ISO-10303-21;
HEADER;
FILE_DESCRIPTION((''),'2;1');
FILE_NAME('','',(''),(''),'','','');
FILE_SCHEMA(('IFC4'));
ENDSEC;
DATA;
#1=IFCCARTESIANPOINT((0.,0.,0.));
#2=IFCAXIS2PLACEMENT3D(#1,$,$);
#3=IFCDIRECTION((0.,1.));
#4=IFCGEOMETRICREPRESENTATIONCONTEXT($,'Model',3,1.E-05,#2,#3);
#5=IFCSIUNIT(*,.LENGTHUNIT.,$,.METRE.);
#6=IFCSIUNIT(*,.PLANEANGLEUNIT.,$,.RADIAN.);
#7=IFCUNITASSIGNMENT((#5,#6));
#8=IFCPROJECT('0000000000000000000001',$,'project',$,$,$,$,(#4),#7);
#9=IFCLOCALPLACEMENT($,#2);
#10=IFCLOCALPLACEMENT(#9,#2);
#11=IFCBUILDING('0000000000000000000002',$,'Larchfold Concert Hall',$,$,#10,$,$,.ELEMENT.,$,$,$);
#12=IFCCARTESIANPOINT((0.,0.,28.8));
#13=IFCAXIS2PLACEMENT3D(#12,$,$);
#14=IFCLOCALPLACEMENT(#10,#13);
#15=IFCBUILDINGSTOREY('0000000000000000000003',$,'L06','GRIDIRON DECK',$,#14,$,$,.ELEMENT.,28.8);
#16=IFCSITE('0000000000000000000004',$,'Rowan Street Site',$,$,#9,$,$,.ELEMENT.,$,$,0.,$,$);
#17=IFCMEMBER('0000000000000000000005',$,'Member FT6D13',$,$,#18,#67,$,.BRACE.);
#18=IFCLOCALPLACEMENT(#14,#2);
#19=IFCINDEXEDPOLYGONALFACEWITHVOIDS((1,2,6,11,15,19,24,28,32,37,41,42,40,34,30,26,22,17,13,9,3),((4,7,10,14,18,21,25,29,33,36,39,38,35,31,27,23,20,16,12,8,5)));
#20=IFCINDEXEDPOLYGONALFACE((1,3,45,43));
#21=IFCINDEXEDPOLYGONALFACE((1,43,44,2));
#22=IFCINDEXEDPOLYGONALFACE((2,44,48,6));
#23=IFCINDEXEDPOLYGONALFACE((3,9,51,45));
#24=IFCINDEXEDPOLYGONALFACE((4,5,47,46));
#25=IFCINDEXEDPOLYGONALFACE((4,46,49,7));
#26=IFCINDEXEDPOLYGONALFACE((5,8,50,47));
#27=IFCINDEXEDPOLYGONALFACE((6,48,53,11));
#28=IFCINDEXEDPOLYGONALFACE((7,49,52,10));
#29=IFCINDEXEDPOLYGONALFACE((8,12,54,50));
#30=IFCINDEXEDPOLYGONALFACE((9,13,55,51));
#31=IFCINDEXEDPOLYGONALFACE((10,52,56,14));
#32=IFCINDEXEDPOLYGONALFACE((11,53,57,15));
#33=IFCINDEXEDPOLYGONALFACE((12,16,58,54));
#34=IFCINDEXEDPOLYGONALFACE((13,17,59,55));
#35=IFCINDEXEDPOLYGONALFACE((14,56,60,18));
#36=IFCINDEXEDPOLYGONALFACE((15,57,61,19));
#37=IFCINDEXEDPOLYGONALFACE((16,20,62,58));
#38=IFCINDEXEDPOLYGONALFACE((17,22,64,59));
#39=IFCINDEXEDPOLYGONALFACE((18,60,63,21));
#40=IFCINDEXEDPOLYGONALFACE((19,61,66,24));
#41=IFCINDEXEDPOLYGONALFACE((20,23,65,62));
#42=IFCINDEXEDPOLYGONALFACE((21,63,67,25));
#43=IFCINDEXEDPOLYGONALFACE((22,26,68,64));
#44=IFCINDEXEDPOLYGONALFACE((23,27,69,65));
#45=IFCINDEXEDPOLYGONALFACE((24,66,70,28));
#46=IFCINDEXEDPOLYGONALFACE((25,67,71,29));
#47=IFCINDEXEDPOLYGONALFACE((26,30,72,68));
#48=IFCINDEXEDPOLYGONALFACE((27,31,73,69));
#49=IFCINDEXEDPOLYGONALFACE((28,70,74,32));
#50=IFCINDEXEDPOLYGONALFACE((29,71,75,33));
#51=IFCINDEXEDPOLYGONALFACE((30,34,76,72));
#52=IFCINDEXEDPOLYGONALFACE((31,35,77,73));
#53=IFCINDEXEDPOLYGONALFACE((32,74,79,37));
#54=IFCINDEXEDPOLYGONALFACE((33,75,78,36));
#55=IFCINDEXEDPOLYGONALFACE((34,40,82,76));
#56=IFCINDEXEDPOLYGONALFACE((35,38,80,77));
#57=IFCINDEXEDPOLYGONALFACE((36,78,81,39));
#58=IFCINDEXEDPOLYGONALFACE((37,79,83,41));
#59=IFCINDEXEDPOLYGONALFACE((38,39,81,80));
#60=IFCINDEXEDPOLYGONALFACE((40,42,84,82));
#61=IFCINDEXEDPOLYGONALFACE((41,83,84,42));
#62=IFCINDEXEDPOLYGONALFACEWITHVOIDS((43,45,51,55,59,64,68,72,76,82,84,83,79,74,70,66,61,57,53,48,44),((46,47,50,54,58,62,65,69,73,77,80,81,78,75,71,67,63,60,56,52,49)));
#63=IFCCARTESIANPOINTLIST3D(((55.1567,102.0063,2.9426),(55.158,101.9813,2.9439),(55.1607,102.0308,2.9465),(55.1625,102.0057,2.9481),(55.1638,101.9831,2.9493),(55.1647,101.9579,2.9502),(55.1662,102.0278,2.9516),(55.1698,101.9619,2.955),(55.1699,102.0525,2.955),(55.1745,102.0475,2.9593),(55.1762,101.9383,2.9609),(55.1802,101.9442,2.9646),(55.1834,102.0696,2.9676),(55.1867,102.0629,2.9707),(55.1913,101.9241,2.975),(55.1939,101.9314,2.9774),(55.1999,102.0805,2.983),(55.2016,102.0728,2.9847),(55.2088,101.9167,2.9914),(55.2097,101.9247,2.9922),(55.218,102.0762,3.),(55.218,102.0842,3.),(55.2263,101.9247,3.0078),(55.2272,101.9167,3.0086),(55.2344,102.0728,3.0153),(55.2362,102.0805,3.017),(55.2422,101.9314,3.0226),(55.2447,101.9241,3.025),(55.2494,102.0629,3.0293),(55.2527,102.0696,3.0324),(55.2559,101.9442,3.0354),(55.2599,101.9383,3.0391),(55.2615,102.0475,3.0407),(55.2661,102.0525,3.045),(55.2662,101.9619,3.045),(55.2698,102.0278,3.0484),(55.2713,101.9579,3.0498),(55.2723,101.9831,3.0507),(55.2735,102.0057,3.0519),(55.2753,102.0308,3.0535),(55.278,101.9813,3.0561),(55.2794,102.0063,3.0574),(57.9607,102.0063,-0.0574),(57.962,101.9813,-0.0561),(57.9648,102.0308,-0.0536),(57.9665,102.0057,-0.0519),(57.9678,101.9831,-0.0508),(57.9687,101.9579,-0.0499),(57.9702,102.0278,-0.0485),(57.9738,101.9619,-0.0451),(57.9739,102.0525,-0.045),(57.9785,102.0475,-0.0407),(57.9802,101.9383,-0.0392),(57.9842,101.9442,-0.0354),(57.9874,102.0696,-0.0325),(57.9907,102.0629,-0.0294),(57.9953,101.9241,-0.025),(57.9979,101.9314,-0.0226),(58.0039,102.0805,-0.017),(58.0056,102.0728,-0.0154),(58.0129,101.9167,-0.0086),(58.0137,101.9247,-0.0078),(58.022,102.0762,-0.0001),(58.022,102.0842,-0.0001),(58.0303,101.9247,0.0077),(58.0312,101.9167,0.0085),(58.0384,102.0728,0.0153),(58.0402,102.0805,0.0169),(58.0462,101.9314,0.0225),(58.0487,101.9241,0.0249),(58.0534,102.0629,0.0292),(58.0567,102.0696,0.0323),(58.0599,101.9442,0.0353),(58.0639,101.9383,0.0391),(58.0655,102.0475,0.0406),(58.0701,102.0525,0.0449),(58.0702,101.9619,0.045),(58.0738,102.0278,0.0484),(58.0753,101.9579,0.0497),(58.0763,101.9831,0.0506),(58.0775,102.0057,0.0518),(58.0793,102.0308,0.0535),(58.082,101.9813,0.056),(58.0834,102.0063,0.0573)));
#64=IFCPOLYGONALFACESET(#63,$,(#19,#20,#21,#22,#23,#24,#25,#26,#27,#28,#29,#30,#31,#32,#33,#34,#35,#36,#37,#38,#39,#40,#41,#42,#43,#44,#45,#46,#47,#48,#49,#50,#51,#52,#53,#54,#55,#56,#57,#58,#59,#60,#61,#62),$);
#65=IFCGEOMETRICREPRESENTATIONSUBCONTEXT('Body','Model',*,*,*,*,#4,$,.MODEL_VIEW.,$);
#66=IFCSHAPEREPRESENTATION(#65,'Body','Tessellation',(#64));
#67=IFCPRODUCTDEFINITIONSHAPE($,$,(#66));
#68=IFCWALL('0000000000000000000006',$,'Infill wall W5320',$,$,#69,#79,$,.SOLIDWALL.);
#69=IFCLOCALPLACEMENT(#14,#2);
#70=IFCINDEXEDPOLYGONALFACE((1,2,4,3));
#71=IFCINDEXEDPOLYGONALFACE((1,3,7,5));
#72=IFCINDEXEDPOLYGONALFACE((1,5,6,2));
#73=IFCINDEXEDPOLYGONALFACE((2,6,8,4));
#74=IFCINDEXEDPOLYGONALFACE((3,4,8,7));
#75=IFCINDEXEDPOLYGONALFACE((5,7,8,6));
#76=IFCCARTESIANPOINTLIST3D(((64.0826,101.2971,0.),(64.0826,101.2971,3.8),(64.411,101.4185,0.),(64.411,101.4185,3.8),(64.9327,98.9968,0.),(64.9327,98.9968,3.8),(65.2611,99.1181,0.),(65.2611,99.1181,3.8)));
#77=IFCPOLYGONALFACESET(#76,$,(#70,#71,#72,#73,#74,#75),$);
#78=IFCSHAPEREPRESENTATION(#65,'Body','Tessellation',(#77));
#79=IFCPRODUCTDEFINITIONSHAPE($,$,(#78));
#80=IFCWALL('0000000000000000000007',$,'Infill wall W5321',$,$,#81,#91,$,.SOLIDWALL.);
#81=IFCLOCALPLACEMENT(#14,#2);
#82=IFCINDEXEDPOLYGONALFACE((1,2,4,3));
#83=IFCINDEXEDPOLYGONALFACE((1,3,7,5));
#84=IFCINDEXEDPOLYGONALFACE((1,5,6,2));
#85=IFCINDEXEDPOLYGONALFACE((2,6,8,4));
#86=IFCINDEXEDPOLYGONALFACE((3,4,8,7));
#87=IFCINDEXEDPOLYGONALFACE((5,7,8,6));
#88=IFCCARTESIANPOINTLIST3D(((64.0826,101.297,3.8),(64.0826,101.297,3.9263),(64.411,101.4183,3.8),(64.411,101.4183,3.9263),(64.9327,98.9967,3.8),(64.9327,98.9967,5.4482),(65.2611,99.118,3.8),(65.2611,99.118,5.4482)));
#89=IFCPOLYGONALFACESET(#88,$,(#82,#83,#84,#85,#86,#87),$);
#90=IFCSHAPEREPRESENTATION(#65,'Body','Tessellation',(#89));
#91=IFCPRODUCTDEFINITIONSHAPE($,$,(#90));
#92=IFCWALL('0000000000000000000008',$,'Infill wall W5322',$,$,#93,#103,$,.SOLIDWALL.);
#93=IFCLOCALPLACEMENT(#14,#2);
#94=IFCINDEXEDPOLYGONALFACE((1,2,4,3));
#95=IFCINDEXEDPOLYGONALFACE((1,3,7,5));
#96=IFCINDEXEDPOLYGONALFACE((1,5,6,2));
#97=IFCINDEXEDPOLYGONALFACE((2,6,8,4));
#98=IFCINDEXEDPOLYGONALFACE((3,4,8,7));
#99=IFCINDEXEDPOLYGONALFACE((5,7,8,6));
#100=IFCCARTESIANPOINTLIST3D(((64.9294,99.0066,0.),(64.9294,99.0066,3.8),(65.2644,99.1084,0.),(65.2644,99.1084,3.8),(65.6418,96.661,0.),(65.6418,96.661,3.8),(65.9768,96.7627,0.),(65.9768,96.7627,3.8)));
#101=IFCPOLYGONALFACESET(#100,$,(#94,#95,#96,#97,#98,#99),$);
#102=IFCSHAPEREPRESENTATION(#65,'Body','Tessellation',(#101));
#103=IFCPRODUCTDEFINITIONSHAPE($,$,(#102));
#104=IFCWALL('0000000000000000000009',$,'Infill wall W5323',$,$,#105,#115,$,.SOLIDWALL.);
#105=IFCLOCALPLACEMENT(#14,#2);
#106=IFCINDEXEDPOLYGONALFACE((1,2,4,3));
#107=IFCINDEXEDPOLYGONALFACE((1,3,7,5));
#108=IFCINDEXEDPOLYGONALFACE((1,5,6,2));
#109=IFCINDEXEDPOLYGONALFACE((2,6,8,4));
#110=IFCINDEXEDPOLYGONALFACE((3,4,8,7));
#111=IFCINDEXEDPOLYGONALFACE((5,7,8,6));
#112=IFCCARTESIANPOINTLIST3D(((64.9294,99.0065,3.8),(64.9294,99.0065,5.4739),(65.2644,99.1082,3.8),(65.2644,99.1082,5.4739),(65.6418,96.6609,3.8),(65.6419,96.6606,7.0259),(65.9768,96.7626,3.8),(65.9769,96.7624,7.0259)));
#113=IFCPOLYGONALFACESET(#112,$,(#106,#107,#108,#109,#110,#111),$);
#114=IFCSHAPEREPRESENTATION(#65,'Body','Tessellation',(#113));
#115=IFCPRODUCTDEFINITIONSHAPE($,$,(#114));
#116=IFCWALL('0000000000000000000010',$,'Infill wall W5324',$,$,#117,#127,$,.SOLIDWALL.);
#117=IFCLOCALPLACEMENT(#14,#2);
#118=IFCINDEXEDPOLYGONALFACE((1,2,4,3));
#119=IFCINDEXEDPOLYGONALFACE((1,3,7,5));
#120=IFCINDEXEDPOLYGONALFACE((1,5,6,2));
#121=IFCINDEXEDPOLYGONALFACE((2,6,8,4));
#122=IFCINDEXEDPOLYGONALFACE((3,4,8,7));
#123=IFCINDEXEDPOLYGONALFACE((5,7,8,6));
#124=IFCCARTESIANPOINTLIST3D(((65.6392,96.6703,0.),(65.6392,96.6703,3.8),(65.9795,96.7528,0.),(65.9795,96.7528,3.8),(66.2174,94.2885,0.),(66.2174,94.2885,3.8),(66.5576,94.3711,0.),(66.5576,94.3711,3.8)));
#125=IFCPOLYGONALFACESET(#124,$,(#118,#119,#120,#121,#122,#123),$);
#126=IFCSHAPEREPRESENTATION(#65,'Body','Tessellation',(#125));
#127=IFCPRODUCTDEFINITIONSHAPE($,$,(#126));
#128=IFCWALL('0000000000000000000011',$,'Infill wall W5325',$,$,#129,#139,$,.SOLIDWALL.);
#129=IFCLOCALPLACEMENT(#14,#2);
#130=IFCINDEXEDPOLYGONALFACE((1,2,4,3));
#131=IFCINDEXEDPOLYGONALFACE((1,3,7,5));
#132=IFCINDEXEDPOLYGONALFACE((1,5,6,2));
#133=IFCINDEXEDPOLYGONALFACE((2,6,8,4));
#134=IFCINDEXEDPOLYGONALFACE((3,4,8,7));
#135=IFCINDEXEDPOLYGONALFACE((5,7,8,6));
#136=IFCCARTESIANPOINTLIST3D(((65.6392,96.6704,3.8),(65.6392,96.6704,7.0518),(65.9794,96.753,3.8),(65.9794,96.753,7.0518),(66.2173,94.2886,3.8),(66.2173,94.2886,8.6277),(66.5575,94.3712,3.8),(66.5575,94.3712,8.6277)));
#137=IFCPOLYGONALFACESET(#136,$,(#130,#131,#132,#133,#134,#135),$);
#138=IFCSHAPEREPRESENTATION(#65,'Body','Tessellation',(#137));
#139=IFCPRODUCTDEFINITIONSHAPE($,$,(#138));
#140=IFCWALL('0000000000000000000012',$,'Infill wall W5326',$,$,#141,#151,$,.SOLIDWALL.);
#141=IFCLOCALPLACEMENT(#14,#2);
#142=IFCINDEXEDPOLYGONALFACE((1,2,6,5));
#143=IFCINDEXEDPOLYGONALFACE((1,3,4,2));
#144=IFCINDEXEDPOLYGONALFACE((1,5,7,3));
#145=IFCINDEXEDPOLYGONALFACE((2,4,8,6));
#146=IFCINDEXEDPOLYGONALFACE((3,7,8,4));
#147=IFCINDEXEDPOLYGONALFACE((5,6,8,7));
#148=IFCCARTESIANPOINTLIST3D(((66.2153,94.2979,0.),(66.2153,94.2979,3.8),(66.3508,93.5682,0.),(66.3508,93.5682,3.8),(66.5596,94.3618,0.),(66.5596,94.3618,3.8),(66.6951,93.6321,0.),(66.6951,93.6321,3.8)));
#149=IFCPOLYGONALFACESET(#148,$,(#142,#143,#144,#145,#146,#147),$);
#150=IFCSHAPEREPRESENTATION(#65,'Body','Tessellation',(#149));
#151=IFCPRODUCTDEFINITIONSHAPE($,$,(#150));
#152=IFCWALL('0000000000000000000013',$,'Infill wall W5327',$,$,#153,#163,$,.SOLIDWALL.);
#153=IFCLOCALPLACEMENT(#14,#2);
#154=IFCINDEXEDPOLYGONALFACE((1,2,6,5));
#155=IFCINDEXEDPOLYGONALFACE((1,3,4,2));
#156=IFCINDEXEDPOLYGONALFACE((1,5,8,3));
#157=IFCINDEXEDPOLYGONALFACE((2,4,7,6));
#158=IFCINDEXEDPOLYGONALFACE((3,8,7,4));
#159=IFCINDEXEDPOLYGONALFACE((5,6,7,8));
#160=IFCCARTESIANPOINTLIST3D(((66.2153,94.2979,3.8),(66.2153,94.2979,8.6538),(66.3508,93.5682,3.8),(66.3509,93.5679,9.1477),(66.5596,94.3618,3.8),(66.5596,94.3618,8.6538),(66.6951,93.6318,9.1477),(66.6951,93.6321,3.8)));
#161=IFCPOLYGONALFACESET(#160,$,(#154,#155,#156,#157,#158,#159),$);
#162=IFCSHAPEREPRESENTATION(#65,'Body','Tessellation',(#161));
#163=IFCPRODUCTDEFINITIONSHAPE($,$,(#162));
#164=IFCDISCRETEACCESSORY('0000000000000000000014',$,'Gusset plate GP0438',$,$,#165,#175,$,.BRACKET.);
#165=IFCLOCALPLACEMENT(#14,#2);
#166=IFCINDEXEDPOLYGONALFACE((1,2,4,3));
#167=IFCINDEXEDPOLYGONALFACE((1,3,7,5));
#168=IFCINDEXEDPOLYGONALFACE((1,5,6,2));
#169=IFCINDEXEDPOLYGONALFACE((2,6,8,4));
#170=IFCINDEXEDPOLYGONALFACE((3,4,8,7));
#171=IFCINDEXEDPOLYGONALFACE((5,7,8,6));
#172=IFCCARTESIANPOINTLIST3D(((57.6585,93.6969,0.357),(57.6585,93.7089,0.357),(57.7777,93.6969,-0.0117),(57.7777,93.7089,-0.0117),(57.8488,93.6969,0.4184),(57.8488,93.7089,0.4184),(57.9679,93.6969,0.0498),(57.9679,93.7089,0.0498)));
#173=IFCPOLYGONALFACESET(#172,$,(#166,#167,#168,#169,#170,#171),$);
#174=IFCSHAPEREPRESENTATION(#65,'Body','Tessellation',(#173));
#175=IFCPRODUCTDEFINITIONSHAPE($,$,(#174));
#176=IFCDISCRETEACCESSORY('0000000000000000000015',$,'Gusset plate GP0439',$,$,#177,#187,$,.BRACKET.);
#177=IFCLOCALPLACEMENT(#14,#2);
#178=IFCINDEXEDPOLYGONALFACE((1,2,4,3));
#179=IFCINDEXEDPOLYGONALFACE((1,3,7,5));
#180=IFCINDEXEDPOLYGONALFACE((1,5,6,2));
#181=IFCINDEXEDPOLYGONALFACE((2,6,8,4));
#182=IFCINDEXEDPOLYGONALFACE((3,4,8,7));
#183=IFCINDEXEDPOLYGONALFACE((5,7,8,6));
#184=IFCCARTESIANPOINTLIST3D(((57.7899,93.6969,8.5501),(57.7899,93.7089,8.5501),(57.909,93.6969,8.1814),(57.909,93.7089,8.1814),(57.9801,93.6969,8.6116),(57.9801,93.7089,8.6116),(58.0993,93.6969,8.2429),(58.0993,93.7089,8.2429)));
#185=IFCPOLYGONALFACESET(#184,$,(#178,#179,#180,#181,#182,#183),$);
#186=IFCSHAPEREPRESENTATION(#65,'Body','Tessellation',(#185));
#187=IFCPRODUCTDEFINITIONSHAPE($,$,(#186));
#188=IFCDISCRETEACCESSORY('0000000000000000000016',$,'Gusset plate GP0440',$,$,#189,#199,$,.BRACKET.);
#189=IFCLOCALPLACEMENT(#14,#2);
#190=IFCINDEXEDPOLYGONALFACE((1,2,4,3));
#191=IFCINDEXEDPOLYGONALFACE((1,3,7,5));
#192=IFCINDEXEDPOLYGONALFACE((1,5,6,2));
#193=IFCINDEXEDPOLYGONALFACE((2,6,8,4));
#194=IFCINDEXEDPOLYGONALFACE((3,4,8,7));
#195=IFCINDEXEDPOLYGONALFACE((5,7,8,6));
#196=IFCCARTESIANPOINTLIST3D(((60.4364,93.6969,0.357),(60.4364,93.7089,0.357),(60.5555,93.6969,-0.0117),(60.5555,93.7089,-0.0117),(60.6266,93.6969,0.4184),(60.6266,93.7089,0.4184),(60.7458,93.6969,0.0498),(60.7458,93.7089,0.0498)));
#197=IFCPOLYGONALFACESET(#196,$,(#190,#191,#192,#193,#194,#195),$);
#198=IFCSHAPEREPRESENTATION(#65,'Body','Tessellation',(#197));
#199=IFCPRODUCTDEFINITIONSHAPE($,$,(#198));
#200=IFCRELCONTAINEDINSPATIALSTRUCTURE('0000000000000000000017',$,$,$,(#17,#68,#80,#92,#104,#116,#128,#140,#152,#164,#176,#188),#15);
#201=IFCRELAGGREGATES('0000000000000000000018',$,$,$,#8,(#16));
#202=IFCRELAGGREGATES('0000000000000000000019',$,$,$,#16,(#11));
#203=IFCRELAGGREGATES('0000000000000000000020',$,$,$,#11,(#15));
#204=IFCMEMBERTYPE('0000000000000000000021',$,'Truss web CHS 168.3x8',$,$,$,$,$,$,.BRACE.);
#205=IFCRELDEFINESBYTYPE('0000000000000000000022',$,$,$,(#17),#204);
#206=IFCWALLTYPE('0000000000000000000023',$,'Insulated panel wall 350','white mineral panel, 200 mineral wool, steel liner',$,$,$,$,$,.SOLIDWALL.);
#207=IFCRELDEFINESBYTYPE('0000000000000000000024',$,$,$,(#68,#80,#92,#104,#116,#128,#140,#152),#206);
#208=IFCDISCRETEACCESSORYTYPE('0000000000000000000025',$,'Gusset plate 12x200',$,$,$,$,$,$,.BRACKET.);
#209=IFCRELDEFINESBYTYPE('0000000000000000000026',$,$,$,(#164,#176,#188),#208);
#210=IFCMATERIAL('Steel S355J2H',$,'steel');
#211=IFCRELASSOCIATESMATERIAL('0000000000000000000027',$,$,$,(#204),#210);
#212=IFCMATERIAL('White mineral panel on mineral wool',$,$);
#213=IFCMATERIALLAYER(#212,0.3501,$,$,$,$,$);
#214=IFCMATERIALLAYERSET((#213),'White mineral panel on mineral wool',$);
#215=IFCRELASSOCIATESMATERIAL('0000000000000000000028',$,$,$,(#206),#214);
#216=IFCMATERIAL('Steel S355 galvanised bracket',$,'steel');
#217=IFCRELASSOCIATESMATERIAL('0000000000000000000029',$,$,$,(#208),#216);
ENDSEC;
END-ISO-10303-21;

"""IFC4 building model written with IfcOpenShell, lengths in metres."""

from ifc_helpers import new_model, si_unit, direction, frame, frame_2d, origin, origin_2d, place, context, subcontext, project, spatial, polyline, rectangle, hollow_circle, outline, extrude, material, layer, layer_set, material_profile, profile_set, type_object, element, save


model = new_model("IFC4")

# Units and contexts
model_context = context("Model", 3, precision=1e-05, world=origin(), true_north=direction((0.0, 1.0)))
body_context = subcontext(model_context, "Body", "Model", "MODEL_VIEW")
ifc_project = project(units=[si_unit("LENGTHUNIT", "METRE"), si_unit("PLANEANGLEUNIT", "RADIAN")], contexts=[model_context])

# Site, building, storey
site_placement = place(None, origin())
site = spatial("IfcSite", under=ifc_project, at=site_placement, Name="Rowan Street Site", CompositionType="ELEMENT", RefElevation=0.0)
building_placement = place(site_placement, origin())
building = spatial("IfcBuilding", under=site, at=building_placement, Name="Larchfold Concert Hall", CompositionType="ELEMENT")
storey_placement = place(building_placement, frame((0.0, 0.0, 28.8)))
storey = spatial("IfcBuildingStorey", under=building, at=storey_placement, Name="L06", Description="GRIDIRON DECK", CompositionType="ELEMENT", Elevation=28.8)

# Member
ifc_material_1 = material(Name="Steel S355J2H", Category="steel")
ifc_material_profile_1 = material_profile(ifc_material_1, hollow_circle(Radius=0.0842, WallThickness=0.0081, at=origin_2d()))
ifc_profile_set_1 = profile_set([ifc_material_profile_1], Name="Steel S355J2H")
member_type_1 = type_object("IfcMemberType", Name="Truss web CHS 168.3x8", PredefinedType="BRACE", material=ifc_profile_set_1)
member_1_placement = place(storey_placement, frame((55.218, 102.0, 3.0), z_axis=(0.682833, 0.0, -0.730575), x_axis=(0.0, 1.0, 0.0)))
element("IfcMember", 1, at=member_1_placement, inside=storey, type_object=member_type_1, Name="Member FT6D13", PredefinedType="BRACE", context=body_context, shape_type="SweptSolid", body=[
    extrude(hollow_circle(Radius=0.0842, WallThickness=0.0081, at=origin_2d()), origin(), (0.0, 0.0, 1.0), 4.1064),
])

# Walls
ifc_material_2 = material(Name="White mineral panel on mineral wool")
ifc_layer = layer(ifc_material_2, 0.3501)
ifc_layer_set = layer_set([ifc_layer], Name="White mineral panel on mineral wool")
wall_type = type_object("IfcWallType", Name="Insulated panel wall 350", Description="white mineral panel, 200 mineral wool, steel liner", PredefinedType="SOLIDWALL", material=ifc_layer_set)
wall_1_placement = place(storey_placement, frame((64.2468, 101.3577, 0.0), z_axis=(0.0, 0.0, 1.0), x_axis=(0.346646, -0.937996, 0.0)))
element("IfcWall", 2, at=wall_1_placement, inside=storey, type_object=wall_type, Name="Infill wall W5320", PredefinedType="SOLIDWALL", context=body_context, shape_type="SweptSolid", body=[
    extrude(rectangle(XDim=2.4524, YDim=0.3501, at=frame_2d((1.2261, 0.0))), origin(), (0.0, 0.0, 1.0), 3.8),
])
wall_2_placement = place(storey_placement, frame((64.2468, 101.3577, 3.8), z_axis=(0.0, 0.0, 1.0), x_axis=(0.346646, -0.937996, 0.0)))
element("IfcWall", 3, at=wall_2_placement, inside=storey, type_object=wall_type, Name="Infill wall W5321", PredefinedType="SOLIDWALL", context=body_context, shape_type="SweptSolid", body=[
    extrude(outline(polyline([(0.0, 0.0), (2.4524, 0.0), (2.4524, 1.6482), (0.0, 0.1262), (0.0, 0.0)])), frame((0.0, 0.175, 0.0), z_axis=(0.0, -1.0, 0.0), x_axis=(1.0, 0.0, 0.0)), (0.0, 0.0, 1.0), 0.3501),
])
wall_3_placement = place(storey_placement, frame((65.0969, 99.0574, 0.0), z_axis=(0.0, 0.0, 1.0), x_axis=(0.290599, -0.956845, 0.0)))
element("IfcWall", 4, at=wall_3_placement, inside=storey, type_object=wall_type, Name="Infill wall W5322", PredefinedType="SOLIDWALL", context=body_context, shape_type="SweptSolid", body=[
    extrude(rectangle(XDim=2.4514, YDim=0.3501, at=frame_2d((1.2256, 0.0))), origin(), (0.0, 0.0, 1.0), 3.8),
])
wall_4_placement = place(storey_placement, frame((65.0969, 99.0574, 3.8), z_axis=(0.0, 0.0, 1.0), x_axis=(0.290599, -0.956845, 0.0)))
element("IfcWall", 5, at=wall_4_placement, inside=storey, type_object=wall_type, Name="Infill wall W5323", PredefinedType="SOLIDWALL", context=body_context, shape_type="SweptSolid", body=[
    extrude(outline(polyline([(0.0, 0.0), (2.4514, 0.0), (2.4517, 3.2258), (0.0, 1.6738), (0.0, 0.0)])), frame((0.0, 0.175, 0.0), z_axis=(0.0, -1.0, 0.0), x_axis=(1.0, 0.0, 0.0)), (0.0, 0.0, 1.0), 0.3501),
])
wall_5_placement = place(storey_placement, frame((65.8093, 96.7117, 0.0), z_axis=(0.0, 0.0, 1.0), x_axis=(0.235874, -0.971784, 0.0)))
element("IfcWall", 6, at=wall_5_placement, inside=storey, type_object=wall_type, Name="Infill wall W5324", PredefinedType="SOLIDWALL", context=body_context, shape_type="SweptSolid", body=[
    extrude(rectangle(XDim=2.4509, YDim=0.3501, at=frame_2d((1.2256, 0.0))), origin(), (0.0, 0.0, 1.0), 3.8),
])
wall_6_placement = place(storey_placement, frame((65.8093, 96.7117, 3.8), z_axis=(0.0, 0.0, 1.0), x_axis=(0.235874, -0.971784, 0.0)))
element("IfcWall", 7, at=wall_6_placement, inside=storey, type_object=wall_type, Name="Infill wall W5325", PredefinedType="SOLIDWALL", context=body_context, shape_type="SweptSolid", body=[
    extrude(outline(polyline([(0.0, 0.0), (2.4509, 0.0), (2.4509, 4.8276), (0.0, 3.2517), (0.0, 0.0)])), frame((0.0, 0.175, 0.0), z_axis=(0.0, -1.0, 0.0), x_axis=(1.0, 0.0, 0.0)), (0.0, 0.0, 1.0), 0.3501),
])
wall_7_placement = place(storey_placement, frame((66.3875, 94.3298, 0.0), z_axis=(0.0, 0.0, 1.0), x_axis=(0.18256, -0.983195, 0.0)))
element("IfcWall", 8, at=wall_7_placement, inside=storey, type_object=wall_type, Name="Infill wall W5326", PredefinedType="SOLIDWALL", context=body_context, shape_type="SweptSolid", body=[
    extrude(rectangle(XDim=0.7422, YDim=0.3501, at=frame_2d((0.3711, 0.0))), origin(), (0.0, 0.0, 1.0), 3.8),
])
wall_8_placement = place(storey_placement, frame((66.3875, 94.3298, 3.8), z_axis=(0.0, 0.0, 1.0), x_axis=(0.18256, -0.983195, 0.0)))
element("IfcWall", 9, at=wall_8_placement, inside=storey, type_object=wall_type, Name="Infill wall W5327", PredefinedType="SOLIDWALL", context=body_context, shape_type="SweptSolid", body=[
    extrude(outline(polyline([(0.0, 0.0), (0.7422, 0.0), (0.7424, 5.3477), (0.0, 4.8538), (0.0, 0.0)])), frame((0.0, 0.175, 0.0), z_axis=(0.0, -1.0, 0.0), x_axis=(1.0, 0.0, 0.0)), (0.0, 0.0, 1.0), 0.3501),
])

# Discrete accessories
ifc_material_3 = material(Name="Steel S355 galvanised bracket", Category="steel")
ifc_material_profile_2 = material_profile(ifc_material_3, rectangle(XDim=0.012, YDim=0.2, at=origin_2d()))
ifc_profile_set_2 = profile_set([ifc_material_profile_2], Name="Steel S355 galvanised bracket")
discrete_accessory_type = type_object("IfcDiscreteAccessoryType", Name="Gusset plate 12x200", PredefinedType="BRACKET", material=ifc_profile_set_2)
for number, where, z_axis, x_axis, name in (
    (10, (57.7537, 93.7029, 0.3877), (0.307518, 0.0, -0.951542), (0.0, 1.0, 0.0), "Gusset plate GP0438"),
    (11, (57.885, 93.7029, 8.5808), (0.307518, 0.0, -0.951542), (0.0, 1.0, 0.0), "Gusset plate GP0439"),
    (12, (60.5315, 93.7029, 0.3877), (0.307518, 0.0, -0.951542), (0.0, 1.0, 0.0), "Gusset plate GP0440"),
):
    element("IfcDiscreteAccessory", number, at=place(storey_placement, frame(where, z_axis=z_axis, x_axis=x_axis)), inside=storey, type_object=discrete_accessory_type, Name=name, PredefinedType="BRACKET", context=body_context, shape_type="SweptSolid", body=[
        extrude(rectangle(XDim=0.012, YDim=0.2, at=origin_2d()), origin(), (0.0, 0.0, 1.0), 0.3875),
    ])

save(model, "model.ifc")
